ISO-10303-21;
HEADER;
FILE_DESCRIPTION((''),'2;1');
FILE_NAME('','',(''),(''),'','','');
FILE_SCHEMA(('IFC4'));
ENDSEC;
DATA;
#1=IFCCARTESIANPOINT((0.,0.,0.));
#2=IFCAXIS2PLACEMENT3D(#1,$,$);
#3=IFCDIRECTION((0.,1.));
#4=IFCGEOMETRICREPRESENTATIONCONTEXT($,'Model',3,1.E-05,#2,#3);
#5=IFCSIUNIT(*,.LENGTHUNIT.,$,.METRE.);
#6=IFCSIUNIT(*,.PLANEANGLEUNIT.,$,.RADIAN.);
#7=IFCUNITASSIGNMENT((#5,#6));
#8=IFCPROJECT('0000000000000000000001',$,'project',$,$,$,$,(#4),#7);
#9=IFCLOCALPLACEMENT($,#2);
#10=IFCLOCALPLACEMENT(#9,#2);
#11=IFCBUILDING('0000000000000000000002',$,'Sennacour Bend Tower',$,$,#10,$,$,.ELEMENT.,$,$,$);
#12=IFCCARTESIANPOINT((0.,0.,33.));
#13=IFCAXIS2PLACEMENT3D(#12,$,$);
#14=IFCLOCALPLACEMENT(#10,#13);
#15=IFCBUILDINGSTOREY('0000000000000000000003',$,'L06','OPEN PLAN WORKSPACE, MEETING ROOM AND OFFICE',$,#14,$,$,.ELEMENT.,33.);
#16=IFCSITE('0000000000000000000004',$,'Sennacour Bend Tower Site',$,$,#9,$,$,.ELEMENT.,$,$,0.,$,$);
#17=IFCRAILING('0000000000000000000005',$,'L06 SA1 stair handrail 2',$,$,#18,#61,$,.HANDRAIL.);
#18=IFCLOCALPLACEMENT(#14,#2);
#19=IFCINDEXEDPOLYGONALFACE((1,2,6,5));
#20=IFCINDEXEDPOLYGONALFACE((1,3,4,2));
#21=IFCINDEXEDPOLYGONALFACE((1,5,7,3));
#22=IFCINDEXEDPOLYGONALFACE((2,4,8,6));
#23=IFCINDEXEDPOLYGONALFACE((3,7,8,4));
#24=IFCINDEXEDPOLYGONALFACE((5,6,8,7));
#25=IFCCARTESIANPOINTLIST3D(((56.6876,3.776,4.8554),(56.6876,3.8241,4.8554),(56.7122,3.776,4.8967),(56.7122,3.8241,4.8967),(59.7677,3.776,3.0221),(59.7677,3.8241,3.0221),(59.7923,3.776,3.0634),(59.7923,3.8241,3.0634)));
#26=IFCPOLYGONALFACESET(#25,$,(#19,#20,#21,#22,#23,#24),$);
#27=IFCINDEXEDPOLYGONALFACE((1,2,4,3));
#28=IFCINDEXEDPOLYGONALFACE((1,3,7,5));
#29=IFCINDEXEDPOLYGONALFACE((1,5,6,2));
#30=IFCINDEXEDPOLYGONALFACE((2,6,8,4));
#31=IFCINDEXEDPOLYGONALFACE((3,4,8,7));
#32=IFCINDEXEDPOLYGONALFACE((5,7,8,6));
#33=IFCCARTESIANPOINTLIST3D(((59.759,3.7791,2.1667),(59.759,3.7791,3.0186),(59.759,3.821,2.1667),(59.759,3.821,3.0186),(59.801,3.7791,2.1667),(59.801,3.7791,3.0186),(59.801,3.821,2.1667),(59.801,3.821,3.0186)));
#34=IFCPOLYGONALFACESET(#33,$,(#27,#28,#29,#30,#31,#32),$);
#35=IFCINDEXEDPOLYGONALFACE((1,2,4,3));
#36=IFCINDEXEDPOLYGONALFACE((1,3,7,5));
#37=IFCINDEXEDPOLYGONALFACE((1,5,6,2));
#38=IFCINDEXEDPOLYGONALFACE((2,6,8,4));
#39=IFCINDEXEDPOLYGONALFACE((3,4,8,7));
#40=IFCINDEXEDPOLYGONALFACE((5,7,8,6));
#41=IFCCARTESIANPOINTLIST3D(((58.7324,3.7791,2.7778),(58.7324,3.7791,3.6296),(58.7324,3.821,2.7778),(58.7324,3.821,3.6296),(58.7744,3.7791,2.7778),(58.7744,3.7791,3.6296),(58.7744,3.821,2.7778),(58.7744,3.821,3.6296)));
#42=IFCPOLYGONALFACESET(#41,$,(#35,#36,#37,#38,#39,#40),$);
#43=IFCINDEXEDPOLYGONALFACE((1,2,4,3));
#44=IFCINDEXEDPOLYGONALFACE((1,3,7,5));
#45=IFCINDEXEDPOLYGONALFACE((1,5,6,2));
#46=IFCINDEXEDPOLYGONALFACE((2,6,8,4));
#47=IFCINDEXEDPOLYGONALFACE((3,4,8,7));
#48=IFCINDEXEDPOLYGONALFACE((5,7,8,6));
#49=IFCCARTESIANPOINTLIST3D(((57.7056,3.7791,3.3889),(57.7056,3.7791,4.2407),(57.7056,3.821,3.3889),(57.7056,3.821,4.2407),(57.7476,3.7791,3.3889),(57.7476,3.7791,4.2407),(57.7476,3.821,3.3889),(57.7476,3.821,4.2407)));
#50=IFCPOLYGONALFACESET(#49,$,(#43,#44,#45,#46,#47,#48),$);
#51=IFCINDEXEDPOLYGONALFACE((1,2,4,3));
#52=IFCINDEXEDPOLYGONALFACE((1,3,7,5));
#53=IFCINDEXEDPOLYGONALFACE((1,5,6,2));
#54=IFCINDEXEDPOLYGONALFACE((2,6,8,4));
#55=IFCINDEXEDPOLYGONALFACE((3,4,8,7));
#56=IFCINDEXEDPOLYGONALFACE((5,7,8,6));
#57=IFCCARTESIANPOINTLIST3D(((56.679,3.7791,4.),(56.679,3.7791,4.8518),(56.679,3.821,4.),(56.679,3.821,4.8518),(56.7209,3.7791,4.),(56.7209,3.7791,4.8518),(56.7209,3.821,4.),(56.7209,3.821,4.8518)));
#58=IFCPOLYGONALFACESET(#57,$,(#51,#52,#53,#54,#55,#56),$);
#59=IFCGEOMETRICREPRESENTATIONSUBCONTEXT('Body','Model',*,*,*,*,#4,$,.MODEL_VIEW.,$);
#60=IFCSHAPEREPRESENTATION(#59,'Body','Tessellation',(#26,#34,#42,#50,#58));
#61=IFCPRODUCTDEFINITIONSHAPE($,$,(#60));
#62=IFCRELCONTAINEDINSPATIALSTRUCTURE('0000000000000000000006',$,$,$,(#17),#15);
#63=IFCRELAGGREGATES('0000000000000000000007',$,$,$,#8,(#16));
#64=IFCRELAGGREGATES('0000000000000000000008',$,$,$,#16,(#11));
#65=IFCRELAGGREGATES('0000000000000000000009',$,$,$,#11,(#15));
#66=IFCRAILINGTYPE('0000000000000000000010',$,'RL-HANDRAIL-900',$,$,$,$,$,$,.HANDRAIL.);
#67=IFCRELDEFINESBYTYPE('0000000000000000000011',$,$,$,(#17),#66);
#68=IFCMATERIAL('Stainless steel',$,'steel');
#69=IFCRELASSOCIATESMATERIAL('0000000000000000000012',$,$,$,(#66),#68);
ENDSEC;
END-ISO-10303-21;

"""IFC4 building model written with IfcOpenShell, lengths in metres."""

from ifc_helpers import new_model, si_unit, direction, frame, origin, origin_2d, place, context, subcontext, project, spatial, rectangle, extrude, material, type_object, element, save


model = new_model("IFC4")

# Units and contexts
model_context = context("Model", 3, precision=1e-05, world=origin(), true_north=direction((0.0, 1.0)))
body_context = subcontext(model_context, "Body", "Model", "MODEL_VIEW")
ifc_project = project(units=[si_unit("LENGTHUNIT", "METRE"), si_unit("PLANEANGLEUNIT", "RADIAN")], contexts=[model_context])

# Site, building, storey
site_placement = place(None, origin())
site = spatial("IfcSite", under=ifc_project, at=site_placement, Name="Sennacour Bend Tower Site", CompositionType="ELEMENT", RefElevation=0.0)
building_placement = place(site_placement, origin())
building = spatial("IfcBuilding", under=site, at=building_placement, Name="Sennacour Bend Tower", CompositionType="ELEMENT")
storey_placement = place(building_placement, frame((0.0, 0.0, 33.0)))
storey = spatial("IfcBuildingStorey", under=building, at=storey_placement, Name="L06", Description="OPEN PLAN WORKSPACE, MEETING ROOM AND OFFICE", CompositionType="ELEMENT", Elevation=33.0)

# Shared definitions
ifc_material_1 = material(Name="Stainless steel", Category="steel")

# Railing
railing_type_1 = type_object("IfcRailingType", Name="RL-HANDRAIL-900", PredefinedType="HANDRAIL", material=ifc_material_1)
railing_1_placement = place(storey_placement, frame((59.78, 3.8, 2.1667)))
element("IfcRailing", 1, at=railing_1_placement, inside=storey, type_object=railing_type_1, Name="L06 SA1 stair handrail 2", PredefinedType="HANDRAIL", context=body_context, shape_type="SweptSolid", body=[
    extrude(rectangle(XDim=0.0481, YDim=0.0481, at=origin_2d()), frame((0.0, 0.0, 0.876), z_axis=(-0.859309, 0.0, 0.511458), x_axis=(0.0, -1.0, 0.0)), (0.0, 0.0, 1.0), 3.5845),
    extrude(rectangle(XDim=0.042, YDim=0.042, at=origin_2d()), origin(), (0.0, 0.0, 1.0), 0.8518),
    extrude(rectangle(XDim=0.042, YDim=0.042, at=origin_2d()), frame((-1.0266, 0.0, 0.6111)), (0.0, 0.0, 1.0), 0.8518),
    extrude(rectangle(XDim=0.042, YDim=0.042, at=origin_2d()), frame((-2.0535, 0.0, 1.2222)), (0.0, 0.0, 1.0), 0.8518),
    extrude(rectangle(XDim=0.042, YDim=0.042, at=origin_2d()), frame((-3.0801, 0.0, 1.8333)), (0.0, 0.0, 1.0), 0.8518),
])

save(model, "model.ifc")
